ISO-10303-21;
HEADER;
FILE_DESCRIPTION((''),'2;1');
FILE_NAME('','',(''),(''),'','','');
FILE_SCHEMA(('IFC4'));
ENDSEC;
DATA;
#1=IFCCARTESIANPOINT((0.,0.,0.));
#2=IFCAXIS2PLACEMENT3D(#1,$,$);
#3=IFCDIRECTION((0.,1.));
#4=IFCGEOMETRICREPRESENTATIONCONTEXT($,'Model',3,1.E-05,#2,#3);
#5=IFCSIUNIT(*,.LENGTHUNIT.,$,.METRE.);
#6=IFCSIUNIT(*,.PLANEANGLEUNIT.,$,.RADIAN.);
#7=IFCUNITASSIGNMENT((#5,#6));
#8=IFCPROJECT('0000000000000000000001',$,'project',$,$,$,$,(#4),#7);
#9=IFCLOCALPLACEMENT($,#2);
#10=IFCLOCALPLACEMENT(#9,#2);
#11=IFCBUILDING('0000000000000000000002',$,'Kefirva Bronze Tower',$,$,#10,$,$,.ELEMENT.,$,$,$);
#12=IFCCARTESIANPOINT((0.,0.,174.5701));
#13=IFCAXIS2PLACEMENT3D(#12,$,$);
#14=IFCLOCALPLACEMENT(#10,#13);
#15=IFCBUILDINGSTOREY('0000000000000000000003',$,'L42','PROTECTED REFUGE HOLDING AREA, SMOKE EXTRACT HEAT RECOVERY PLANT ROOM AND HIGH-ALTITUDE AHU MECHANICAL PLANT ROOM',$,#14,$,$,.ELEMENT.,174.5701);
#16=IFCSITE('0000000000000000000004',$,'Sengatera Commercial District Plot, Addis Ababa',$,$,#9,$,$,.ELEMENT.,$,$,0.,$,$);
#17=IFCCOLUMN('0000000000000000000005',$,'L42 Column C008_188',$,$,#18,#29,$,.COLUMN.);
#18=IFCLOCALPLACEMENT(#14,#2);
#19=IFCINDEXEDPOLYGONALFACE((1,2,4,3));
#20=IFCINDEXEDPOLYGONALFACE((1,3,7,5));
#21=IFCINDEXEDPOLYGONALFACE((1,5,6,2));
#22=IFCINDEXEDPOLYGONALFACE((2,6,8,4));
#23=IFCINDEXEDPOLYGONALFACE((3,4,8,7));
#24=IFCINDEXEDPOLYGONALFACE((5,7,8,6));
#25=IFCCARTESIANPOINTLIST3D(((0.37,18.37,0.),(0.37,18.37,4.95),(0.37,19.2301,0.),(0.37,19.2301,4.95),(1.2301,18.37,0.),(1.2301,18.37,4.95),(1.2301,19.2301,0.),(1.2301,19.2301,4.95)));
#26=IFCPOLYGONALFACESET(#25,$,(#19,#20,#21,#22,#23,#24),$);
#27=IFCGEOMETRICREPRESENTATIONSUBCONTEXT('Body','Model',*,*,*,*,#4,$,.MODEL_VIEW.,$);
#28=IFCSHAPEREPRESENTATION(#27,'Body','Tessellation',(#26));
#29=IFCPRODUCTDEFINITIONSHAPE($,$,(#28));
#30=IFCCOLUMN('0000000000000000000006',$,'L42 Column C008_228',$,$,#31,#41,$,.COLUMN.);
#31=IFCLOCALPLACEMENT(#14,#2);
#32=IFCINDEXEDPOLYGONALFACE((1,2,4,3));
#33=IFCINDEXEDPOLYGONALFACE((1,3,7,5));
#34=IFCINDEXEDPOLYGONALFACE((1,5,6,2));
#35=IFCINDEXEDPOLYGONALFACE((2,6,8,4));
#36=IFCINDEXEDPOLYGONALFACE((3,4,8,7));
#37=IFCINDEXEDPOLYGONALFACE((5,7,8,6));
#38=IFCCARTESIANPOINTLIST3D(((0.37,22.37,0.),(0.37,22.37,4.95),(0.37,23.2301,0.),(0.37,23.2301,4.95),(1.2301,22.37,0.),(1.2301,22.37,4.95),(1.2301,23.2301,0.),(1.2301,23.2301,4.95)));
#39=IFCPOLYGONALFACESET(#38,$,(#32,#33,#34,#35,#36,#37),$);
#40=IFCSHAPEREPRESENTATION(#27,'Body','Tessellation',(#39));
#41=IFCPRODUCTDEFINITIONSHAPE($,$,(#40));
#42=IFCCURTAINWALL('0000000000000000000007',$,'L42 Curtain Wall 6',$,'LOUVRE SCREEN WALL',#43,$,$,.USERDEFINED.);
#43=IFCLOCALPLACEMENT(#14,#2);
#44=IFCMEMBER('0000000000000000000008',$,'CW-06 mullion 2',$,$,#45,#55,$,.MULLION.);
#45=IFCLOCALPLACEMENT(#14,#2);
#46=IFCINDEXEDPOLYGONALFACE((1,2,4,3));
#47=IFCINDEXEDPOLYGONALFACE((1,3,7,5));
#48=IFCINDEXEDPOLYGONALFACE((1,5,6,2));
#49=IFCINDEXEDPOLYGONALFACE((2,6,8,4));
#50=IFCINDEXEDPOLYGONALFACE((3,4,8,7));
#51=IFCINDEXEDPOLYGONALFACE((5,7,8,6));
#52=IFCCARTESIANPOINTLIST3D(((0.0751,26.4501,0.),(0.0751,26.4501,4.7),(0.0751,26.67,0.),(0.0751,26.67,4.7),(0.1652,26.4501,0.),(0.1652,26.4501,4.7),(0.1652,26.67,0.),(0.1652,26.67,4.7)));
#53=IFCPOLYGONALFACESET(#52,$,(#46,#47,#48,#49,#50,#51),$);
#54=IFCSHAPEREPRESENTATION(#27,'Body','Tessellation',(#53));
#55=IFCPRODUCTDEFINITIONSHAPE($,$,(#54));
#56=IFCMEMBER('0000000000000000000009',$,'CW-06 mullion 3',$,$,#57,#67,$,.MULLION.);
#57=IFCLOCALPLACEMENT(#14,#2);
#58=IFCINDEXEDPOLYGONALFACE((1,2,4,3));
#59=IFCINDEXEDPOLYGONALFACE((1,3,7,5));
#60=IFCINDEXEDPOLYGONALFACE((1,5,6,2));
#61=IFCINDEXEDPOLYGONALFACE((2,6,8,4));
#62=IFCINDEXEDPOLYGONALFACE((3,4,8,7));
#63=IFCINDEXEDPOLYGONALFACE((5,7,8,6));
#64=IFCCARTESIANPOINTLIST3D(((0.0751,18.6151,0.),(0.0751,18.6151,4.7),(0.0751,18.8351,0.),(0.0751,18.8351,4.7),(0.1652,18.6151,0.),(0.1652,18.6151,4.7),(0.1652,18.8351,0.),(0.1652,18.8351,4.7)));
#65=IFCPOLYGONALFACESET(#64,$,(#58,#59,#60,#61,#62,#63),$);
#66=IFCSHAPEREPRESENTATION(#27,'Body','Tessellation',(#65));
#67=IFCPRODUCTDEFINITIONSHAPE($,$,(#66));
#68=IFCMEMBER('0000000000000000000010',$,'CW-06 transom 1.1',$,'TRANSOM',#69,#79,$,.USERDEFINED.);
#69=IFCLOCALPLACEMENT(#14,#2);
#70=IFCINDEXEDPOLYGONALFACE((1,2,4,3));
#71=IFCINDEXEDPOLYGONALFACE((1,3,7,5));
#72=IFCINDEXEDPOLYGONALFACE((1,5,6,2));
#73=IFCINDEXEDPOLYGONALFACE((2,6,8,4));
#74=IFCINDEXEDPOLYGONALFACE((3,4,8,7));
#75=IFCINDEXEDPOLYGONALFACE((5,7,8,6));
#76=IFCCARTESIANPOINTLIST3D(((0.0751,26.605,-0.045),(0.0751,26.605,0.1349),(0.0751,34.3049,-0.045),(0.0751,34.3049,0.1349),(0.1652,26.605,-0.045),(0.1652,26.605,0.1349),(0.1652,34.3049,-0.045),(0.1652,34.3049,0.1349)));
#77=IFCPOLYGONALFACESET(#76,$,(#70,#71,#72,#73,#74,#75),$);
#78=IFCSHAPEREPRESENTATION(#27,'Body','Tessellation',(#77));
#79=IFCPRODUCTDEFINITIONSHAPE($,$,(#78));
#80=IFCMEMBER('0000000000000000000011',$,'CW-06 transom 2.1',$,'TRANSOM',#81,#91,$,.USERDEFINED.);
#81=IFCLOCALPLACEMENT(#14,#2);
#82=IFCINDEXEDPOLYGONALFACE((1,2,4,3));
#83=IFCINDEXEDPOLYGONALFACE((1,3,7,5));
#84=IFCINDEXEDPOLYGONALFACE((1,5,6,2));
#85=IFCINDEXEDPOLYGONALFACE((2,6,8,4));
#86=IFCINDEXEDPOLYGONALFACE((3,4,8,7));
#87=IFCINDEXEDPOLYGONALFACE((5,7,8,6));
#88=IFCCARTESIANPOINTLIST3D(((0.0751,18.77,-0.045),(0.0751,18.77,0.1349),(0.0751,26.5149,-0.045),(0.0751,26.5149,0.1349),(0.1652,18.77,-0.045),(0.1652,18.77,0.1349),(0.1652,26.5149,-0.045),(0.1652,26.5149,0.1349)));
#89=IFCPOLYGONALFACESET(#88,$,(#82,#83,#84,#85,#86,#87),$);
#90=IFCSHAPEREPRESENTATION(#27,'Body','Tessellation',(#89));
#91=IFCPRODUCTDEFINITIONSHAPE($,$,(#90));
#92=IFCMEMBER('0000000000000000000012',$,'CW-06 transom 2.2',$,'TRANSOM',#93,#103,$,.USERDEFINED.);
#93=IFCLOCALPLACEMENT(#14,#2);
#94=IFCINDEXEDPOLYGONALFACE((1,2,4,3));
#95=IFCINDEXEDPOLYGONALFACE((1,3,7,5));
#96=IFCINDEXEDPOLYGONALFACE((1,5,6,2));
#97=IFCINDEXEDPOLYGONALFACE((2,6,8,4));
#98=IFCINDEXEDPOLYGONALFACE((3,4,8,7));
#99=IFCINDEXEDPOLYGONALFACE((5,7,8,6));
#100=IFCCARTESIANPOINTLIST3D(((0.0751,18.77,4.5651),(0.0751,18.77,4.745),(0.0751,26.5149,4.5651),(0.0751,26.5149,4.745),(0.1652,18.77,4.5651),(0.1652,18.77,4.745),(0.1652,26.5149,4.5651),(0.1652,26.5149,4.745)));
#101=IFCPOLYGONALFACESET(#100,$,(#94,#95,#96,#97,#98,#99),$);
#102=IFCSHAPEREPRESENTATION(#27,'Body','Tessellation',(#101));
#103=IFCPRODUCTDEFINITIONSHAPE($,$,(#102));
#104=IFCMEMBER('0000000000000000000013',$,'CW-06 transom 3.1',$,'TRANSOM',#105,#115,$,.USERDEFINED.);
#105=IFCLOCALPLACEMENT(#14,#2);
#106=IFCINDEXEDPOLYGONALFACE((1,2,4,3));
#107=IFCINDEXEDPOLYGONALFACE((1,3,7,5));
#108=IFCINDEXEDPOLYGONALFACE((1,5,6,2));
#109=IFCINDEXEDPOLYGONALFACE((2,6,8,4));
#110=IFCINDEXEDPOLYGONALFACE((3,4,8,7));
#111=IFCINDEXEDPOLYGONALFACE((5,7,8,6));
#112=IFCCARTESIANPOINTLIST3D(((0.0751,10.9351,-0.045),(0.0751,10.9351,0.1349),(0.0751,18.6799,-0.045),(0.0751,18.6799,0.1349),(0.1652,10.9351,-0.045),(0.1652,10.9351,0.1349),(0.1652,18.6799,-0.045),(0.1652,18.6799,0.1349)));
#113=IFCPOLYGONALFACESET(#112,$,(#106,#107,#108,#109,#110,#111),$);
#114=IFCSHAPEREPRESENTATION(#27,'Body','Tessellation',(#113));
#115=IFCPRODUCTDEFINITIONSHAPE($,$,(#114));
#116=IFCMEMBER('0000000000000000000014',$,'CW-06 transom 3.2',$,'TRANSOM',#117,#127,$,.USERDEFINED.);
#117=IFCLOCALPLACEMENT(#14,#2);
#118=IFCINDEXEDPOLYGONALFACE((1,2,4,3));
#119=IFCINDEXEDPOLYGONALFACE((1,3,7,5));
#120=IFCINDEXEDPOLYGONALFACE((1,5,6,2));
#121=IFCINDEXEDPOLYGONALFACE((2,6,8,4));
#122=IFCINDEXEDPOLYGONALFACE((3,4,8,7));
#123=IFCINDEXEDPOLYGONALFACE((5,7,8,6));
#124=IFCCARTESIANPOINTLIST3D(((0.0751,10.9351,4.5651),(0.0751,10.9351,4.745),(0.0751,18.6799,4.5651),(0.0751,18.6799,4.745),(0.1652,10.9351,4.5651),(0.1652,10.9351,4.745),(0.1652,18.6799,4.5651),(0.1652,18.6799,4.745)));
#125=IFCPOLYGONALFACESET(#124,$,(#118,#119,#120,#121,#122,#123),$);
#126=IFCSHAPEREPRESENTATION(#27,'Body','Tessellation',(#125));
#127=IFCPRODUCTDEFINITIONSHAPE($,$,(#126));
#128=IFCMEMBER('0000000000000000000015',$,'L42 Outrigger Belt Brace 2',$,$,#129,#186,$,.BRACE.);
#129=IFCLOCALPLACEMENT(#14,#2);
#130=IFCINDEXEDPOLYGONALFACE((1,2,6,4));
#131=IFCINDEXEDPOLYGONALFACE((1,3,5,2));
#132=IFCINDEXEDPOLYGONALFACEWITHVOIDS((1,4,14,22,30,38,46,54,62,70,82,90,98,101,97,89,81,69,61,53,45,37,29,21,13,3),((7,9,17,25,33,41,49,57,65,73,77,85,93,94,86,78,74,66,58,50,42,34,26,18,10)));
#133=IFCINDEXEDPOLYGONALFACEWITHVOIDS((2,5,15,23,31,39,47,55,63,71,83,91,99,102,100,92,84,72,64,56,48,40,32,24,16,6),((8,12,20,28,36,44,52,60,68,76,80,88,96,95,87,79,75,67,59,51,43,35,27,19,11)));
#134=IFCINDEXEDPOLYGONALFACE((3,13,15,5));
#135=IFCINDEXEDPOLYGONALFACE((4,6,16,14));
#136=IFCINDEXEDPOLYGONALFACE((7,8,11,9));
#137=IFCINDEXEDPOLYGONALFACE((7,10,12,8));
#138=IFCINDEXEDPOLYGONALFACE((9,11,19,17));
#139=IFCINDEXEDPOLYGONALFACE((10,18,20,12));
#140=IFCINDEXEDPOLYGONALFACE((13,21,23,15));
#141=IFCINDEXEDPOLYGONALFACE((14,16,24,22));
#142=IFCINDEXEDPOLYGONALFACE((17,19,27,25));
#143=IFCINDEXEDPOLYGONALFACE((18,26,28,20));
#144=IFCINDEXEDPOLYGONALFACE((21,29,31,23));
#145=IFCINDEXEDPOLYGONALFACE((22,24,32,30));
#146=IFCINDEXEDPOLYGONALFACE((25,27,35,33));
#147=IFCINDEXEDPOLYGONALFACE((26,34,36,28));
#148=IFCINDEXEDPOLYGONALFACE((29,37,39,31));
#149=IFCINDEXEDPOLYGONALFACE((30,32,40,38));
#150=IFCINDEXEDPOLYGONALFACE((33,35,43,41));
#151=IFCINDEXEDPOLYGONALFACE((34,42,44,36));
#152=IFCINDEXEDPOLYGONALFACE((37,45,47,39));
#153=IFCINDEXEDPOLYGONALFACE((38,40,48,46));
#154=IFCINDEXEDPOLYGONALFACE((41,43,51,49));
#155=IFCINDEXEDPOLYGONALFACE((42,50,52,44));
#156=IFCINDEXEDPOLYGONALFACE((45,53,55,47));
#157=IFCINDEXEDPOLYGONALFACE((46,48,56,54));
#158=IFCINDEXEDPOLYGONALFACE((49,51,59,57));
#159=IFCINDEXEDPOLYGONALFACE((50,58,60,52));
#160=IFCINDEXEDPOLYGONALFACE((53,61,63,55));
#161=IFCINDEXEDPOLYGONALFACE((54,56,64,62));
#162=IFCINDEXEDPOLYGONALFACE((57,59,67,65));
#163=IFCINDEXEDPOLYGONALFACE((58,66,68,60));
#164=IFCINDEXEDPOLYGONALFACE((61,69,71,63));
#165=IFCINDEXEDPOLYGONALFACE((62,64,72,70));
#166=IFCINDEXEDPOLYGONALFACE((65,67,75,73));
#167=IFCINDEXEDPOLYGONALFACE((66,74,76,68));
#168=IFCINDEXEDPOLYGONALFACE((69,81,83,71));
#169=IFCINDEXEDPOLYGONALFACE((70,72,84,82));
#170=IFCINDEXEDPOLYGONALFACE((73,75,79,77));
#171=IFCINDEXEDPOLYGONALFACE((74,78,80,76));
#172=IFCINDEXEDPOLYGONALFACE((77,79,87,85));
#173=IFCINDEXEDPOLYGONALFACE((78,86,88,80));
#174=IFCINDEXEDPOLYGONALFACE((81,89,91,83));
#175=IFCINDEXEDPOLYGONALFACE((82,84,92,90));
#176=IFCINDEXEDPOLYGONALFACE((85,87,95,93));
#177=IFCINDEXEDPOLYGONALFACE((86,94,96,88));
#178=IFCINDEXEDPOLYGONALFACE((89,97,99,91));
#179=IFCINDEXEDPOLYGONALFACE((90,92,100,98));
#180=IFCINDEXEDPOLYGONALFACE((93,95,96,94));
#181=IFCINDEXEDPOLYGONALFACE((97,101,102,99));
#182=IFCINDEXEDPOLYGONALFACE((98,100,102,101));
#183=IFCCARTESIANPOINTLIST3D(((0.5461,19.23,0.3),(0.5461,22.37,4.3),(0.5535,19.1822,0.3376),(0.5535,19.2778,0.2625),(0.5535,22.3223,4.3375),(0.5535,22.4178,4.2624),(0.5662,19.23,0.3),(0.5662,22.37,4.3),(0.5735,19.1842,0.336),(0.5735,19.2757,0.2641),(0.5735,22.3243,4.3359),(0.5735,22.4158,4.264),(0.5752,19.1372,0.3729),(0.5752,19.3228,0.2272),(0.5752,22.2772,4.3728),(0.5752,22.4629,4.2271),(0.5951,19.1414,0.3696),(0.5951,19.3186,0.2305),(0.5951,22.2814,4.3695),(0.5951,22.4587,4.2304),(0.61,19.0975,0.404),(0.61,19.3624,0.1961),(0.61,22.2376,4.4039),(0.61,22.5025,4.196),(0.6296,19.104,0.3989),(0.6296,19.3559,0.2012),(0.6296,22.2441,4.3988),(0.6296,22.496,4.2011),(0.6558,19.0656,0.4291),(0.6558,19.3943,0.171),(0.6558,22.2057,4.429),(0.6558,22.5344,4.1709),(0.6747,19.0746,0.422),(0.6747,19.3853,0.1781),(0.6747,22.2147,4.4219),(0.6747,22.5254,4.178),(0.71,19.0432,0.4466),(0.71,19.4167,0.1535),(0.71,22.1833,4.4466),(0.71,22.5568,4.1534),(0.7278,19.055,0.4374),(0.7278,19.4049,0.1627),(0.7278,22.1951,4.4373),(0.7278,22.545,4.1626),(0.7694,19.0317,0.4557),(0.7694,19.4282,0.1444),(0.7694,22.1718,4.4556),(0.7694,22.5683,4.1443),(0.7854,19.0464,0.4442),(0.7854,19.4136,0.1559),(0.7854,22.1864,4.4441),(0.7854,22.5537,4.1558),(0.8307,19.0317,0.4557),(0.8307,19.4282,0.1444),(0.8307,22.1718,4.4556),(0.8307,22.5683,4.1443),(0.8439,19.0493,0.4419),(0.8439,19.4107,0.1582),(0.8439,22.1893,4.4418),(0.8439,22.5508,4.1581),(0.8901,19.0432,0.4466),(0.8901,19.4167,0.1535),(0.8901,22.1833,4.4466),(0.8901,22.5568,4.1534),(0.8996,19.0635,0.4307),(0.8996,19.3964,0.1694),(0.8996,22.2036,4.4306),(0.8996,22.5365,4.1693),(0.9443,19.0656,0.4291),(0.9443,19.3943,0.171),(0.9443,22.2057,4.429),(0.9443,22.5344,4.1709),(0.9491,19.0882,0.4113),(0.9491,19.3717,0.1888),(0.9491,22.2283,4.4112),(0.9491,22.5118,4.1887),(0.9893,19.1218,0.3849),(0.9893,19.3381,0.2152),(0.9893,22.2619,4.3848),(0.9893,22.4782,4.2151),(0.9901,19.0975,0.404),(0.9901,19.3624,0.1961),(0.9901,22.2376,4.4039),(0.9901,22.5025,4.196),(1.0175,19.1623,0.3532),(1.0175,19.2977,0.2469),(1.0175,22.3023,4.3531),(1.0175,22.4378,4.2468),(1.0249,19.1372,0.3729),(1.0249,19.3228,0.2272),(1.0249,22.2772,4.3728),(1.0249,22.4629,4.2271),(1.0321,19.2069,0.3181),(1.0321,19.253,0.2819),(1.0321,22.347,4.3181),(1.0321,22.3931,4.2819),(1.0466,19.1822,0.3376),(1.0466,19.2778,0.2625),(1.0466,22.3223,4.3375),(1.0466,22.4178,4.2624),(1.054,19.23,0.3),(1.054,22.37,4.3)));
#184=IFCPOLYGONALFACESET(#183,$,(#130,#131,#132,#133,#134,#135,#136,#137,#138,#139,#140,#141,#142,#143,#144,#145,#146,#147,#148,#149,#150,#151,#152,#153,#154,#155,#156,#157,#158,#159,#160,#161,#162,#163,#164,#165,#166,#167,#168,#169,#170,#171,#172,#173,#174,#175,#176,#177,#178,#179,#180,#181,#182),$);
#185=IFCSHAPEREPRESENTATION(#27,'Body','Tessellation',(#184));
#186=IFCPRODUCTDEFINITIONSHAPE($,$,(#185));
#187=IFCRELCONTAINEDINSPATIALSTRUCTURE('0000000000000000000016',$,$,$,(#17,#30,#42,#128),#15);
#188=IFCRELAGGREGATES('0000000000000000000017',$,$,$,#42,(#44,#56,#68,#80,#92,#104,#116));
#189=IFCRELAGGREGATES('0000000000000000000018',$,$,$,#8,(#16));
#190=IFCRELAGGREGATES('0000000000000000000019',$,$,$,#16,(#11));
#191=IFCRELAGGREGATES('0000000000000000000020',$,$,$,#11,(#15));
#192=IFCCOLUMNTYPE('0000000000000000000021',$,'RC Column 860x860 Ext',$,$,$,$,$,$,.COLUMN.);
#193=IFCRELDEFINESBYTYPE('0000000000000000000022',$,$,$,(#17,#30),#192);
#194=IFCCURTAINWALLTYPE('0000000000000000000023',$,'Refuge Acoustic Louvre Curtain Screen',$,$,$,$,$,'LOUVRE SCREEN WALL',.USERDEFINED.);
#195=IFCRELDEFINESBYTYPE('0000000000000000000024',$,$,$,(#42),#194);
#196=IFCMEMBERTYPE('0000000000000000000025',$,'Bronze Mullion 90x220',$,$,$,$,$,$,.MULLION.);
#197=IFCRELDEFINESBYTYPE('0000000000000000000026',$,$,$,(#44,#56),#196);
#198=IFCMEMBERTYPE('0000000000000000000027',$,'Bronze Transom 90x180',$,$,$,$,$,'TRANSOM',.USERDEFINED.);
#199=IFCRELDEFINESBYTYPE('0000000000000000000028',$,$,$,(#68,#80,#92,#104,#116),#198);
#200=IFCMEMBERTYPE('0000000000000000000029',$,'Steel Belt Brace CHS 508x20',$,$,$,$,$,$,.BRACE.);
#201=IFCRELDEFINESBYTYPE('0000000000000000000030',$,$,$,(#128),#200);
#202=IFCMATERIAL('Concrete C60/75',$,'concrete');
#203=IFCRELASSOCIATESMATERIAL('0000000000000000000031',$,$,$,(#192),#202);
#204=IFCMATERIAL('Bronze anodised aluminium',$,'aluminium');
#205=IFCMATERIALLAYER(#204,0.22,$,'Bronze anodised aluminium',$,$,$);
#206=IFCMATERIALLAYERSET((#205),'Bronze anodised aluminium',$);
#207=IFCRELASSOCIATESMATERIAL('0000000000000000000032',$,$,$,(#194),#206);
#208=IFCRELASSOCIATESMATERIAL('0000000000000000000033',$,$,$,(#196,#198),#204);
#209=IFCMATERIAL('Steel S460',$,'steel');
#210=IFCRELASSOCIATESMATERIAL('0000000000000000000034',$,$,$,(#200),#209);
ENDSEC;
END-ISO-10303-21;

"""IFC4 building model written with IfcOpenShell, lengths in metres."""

from ifc_helpers import new_model, si_unit, direction, frame, origin, origin_2d, place, context, subcontext, project, spatial, rectangle, hollow_circle, extrude, material, layer, layer_set, material_profile, profile_set, type_object, element, aggregate, save


model = new_model("IFC4")

# Units and contexts
model_context = context("Model", 3, precision=1e-05, world=origin(), true_north=direction((0.0, 1.0)))
body_context = subcontext(model_context, "Body", "Model", "MODEL_VIEW")
ifc_project = project(units=[si_unit("LENGTHUNIT", "METRE"), si_unit("PLANEANGLEUNIT", "RADIAN")], contexts=[model_context])

# Site, building, storey
site_placement = place(None, origin())
site = spatial("IfcSite", under=ifc_project, at=site_placement, Name="Sengatera Commercial District Plot, Addis Ababa", CompositionType="ELEMENT", RefElevation=0.0)
building_placement = place(site_placement, origin())
building = spatial("IfcBuilding", under=site, at=building_placement, Name="Kefirva Bronze Tower", CompositionType="ELEMENT")
storey_placement = place(building_placement, frame((0.0, 0.0, 174.5701)))
storey = spatial("IfcBuildingStorey", under=building, at=storey_placement, Name="L42", Description="PROTECTED REFUGE HOLDING AREA, SMOKE EXTRACT HEAT RECOVERY PLANT ROOM AND HIGH-ALTITUDE AHU MECHANICAL PLANT ROOM", CompositionType="ELEMENT", Elevation=174.5701)

# Columns
ifc_material_1 = material(Name="Concrete C60/75", Category="concrete")
ifc_material_profile_1 = material_profile(ifc_material_1, rectangle(XDim=0.8601, YDim=0.8601, at=origin_2d()), Name="RC 860x860")
ifc_profile_set_1 = profile_set([ifc_material_profile_1], Name="Concrete C60/75")
column_type = type_object("IfcColumnType", Name="RC Column 860x860 Ext", PredefinedType="COLUMN", material=ifc_profile_set_1)
for number, where, z_axis, x_axis, name in (
    (1, (0.8, 18.8, 0.0), (0.0, 0.0, 1.0), (1.0, 0.0, 0.0), "L42 Column C008_188"),
    (2, (0.8, 22.8, 0.0), (0.0, 0.0, 1.0), (1.0, 0.0, 0.0), "L42 Column C008_228"),
):
    element("IfcColumn", number, at=place(storey_placement, frame(where, z_axis=z_axis, x_axis=x_axis)), inside=storey, type_object=column_type, Name=name, PredefinedType="COLUMN", context=body_context, shape_type="SweptSolid", body=[
        extrude(rectangle(XDim=0.8601, YDim=0.8601, at=origin_2d()), origin(), (0.0, 0.0, 1.0), 4.95),
    ])

# Curtain wall, members
ifc_material_2 = material(Name="Bronze anodised aluminium", Category="aluminium")
ifc_layer_1 = layer(ifc_material_2, 0.22, Name="Bronze anodised aluminium")
ifc_layer_set_1 = layer_set([ifc_layer_1], Name="Bronze anodised aluminium")
curtain_wall_type = type_object("IfcCurtainWallType", Name="Refuge Acoustic Louvre Curtain Screen", ElementType="LOUVRE SCREEN WALL", PredefinedType="USERDEFINED", material=ifc_layer_set_1)
curtain_wall_placement = place(storey_placement, origin())
curtain_wall = element("IfcCurtainWall", 3, at=curtain_wall_placement, inside=storey, type_object=curtain_wall_type, Name="L42 Curtain Wall 6", ObjectType="LOUVRE SCREEN WALL", PredefinedType="USERDEFINED")
ifc_material_profile_2 = material_profile(ifc_material_2, rectangle(XDim=0.0901, YDim=0.22, at=origin_2d()), Name="ALU 90x220")
ifc_profile_set_2 = profile_set([ifc_material_profile_2], Name="Bronze anodised aluminium")
member_type_1 = type_object("IfcMemberType", Name="Bronze Mullion 90x220", PredefinedType="MULLION", material=ifc_profile_set_2)
member_1_placement = place(storey_placement, frame((0.1201, 26.5601, 0.0), z_axis=(0.0, 0.0, 1.0), x_axis=(1.0, 0.0, 0.0)))
member_1 = element("IfcMember", 4, at=member_1_placement, type_object=member_type_1, Name="CW-06 mullion 2", PredefinedType="MULLION", context=body_context, shape_type="SweptSolid", body=[
    extrude(rectangle(XDim=0.0901, YDim=0.22, at=origin_2d()), origin(), (0.0, 0.0, 1.0), 4.7),
])
member_2_placement = place(storey_placement, frame((0.1201, 18.7251, 0.0), z_axis=(0.0, 0.0, 1.0), x_axis=(1.0, 0.0, 0.0)))
member_2 = element("IfcMember", 5, at=member_2_placement, type_object=member_type_1, Name="CW-06 mullion 3", PredefinedType="MULLION", context=body_context, shape_type="SweptSolid", body=[
    extrude(rectangle(XDim=0.0901, YDim=0.22, at=origin_2d()), origin(), (0.0, 0.0, 1.0), 4.7),
])
ifc_material_profile_3 = material_profile(ifc_material_2, rectangle(XDim=0.0901, YDim=0.1799, at=origin_2d()), Name="ALU 90x180")
ifc_profile_set_3 = profile_set([ifc_material_profile_3], Name="Bronze anodised aluminium")
member_type_2 = type_object("IfcMemberType", Name="Bronze Transom 90x180", ElementType="TRANSOM", PredefinedType="USERDEFINED", material=ifc_profile_set_3)
member_3_placement = place(storey_placement, frame((0.1201, 34.3049, 0.0449), z_axis=(0.0, -1.0, 0.0), x_axis=(1.0, 0.0, 0.0)))
member_3 = element("IfcMember", 6, at=member_3_placement, type_object=member_type_2, Name="CW-06 transom 1.1", ObjectType="TRANSOM", PredefinedType="USERDEFINED", context=body_context, shape_type="SweptSolid", body=[
    extrude(rectangle(XDim=0.0901, YDim=0.1799, at=origin_2d()), origin(), (0.0, 0.0, 1.0), 7.7),
])
member_4_placement = place(storey_placement, frame((0.1201, 26.5149, 0.0449), z_axis=(0.0, -1.0, 0.0), x_axis=(1.0, 0.0, 0.0)))
member_4 = element("IfcMember", 7, at=member_4_placement, type_object=member_type_2, Name="CW-06 transom 2.1", ObjectType="TRANSOM", PredefinedType="USERDEFINED", context=body_context, shape_type="SweptSolid", body=[
    extrude(rectangle(XDim=0.0901, YDim=0.1799, at=origin_2d()), origin(), (0.0, 0.0, 1.0), 7.7449),
])
member_5_placement = place(storey_placement, frame((0.1201, 26.5149, 4.655), z_axis=(0.0, -1.0, 0.0), x_axis=(1.0, 0.0, 0.0)))
member_5 = element("IfcMember", 8, at=member_5_placement, type_object=member_type_2, Name="CW-06 transom 2.2", ObjectType="TRANSOM", PredefinedType="USERDEFINED", context=body_context, shape_type="SweptSolid", body=[
    extrude(rectangle(XDim=0.0901, YDim=0.1799, at=origin_2d()), origin(), (0.0, 0.0, 1.0), 7.7449),
])
member_6_placement = place(storey_placement, frame((0.1201, 18.6799, 0.0449), z_axis=(0.0, -1.0, 0.0), x_axis=(1.0, 0.0, 0.0)))
member_6 = element("IfcMember", 9, at=member_6_placement, type_object=member_type_2, Name="CW-06 transom 3.1", ObjectType="TRANSOM", PredefinedType="USERDEFINED", context=body_context, shape_type="SweptSolid", body=[
    extrude(rectangle(XDim=0.0901, YDim=0.1799, at=origin_2d()), origin(), (0.0, 0.0, 1.0), 7.7449),
])
member_7_placement = place(storey_placement, frame((0.1201, 18.6799, 4.655), z_axis=(0.0, -1.0, 0.0), x_axis=(1.0, 0.0, 0.0)))
member_7 = element("IfcMember", 10, at=member_7_placement, type_object=member_type_2, Name="CW-06 transom 3.2", ObjectType="TRANSOM", PredefinedType="USERDEFINED", context=body_context, shape_type="SweptSolid", body=[
    extrude(rectangle(XDim=0.0901, YDim=0.1799, at=origin_2d()), origin(), (0.0, 0.0, 1.0), 7.7449),
])

# Member
ifc_material_3 = material(Name="Steel S460", Category="steel")
ifc_material_profile_4 = material_profile(ifc_material_3, hollow_circle(Radius=0.2539, WallThickness=0.02, at=origin_2d()), Name="CHS 508x20")
ifc_profile_set_4 = profile_set([ifc_material_profile_4], Name="Steel S460")
member_type_3 = type_object("IfcMemberType", Name="Steel Belt Brace CHS 508x20", PredefinedType="BRACE", material=ifc_profile_set_4)
member_8_placement = place(storey_placement, frame((0.8, 19.23, 0.3), z_axis=(0.0, 0.617491, 0.786578), x_axis=(-1.0, 0.0, 0.0)))
element("IfcMember", 11, at=member_8_placement, inside=storey, type_object=member_type_3, Name="L42 Outrigger Belt Brace 2", PredefinedType="BRACE", context=body_context, shape_type="SweptSolid", body=[
    extrude(hollow_circle(Radius=0.2539, WallThickness=0.02, at=origin_2d()), origin(), (0.0, 0.0, 1.0), 5.0852),
])

aggregate(curtain_wall, [member_1, member_2, member_3, member_4, member_5, member_6, member_7])

save(model, "model.ifc")
